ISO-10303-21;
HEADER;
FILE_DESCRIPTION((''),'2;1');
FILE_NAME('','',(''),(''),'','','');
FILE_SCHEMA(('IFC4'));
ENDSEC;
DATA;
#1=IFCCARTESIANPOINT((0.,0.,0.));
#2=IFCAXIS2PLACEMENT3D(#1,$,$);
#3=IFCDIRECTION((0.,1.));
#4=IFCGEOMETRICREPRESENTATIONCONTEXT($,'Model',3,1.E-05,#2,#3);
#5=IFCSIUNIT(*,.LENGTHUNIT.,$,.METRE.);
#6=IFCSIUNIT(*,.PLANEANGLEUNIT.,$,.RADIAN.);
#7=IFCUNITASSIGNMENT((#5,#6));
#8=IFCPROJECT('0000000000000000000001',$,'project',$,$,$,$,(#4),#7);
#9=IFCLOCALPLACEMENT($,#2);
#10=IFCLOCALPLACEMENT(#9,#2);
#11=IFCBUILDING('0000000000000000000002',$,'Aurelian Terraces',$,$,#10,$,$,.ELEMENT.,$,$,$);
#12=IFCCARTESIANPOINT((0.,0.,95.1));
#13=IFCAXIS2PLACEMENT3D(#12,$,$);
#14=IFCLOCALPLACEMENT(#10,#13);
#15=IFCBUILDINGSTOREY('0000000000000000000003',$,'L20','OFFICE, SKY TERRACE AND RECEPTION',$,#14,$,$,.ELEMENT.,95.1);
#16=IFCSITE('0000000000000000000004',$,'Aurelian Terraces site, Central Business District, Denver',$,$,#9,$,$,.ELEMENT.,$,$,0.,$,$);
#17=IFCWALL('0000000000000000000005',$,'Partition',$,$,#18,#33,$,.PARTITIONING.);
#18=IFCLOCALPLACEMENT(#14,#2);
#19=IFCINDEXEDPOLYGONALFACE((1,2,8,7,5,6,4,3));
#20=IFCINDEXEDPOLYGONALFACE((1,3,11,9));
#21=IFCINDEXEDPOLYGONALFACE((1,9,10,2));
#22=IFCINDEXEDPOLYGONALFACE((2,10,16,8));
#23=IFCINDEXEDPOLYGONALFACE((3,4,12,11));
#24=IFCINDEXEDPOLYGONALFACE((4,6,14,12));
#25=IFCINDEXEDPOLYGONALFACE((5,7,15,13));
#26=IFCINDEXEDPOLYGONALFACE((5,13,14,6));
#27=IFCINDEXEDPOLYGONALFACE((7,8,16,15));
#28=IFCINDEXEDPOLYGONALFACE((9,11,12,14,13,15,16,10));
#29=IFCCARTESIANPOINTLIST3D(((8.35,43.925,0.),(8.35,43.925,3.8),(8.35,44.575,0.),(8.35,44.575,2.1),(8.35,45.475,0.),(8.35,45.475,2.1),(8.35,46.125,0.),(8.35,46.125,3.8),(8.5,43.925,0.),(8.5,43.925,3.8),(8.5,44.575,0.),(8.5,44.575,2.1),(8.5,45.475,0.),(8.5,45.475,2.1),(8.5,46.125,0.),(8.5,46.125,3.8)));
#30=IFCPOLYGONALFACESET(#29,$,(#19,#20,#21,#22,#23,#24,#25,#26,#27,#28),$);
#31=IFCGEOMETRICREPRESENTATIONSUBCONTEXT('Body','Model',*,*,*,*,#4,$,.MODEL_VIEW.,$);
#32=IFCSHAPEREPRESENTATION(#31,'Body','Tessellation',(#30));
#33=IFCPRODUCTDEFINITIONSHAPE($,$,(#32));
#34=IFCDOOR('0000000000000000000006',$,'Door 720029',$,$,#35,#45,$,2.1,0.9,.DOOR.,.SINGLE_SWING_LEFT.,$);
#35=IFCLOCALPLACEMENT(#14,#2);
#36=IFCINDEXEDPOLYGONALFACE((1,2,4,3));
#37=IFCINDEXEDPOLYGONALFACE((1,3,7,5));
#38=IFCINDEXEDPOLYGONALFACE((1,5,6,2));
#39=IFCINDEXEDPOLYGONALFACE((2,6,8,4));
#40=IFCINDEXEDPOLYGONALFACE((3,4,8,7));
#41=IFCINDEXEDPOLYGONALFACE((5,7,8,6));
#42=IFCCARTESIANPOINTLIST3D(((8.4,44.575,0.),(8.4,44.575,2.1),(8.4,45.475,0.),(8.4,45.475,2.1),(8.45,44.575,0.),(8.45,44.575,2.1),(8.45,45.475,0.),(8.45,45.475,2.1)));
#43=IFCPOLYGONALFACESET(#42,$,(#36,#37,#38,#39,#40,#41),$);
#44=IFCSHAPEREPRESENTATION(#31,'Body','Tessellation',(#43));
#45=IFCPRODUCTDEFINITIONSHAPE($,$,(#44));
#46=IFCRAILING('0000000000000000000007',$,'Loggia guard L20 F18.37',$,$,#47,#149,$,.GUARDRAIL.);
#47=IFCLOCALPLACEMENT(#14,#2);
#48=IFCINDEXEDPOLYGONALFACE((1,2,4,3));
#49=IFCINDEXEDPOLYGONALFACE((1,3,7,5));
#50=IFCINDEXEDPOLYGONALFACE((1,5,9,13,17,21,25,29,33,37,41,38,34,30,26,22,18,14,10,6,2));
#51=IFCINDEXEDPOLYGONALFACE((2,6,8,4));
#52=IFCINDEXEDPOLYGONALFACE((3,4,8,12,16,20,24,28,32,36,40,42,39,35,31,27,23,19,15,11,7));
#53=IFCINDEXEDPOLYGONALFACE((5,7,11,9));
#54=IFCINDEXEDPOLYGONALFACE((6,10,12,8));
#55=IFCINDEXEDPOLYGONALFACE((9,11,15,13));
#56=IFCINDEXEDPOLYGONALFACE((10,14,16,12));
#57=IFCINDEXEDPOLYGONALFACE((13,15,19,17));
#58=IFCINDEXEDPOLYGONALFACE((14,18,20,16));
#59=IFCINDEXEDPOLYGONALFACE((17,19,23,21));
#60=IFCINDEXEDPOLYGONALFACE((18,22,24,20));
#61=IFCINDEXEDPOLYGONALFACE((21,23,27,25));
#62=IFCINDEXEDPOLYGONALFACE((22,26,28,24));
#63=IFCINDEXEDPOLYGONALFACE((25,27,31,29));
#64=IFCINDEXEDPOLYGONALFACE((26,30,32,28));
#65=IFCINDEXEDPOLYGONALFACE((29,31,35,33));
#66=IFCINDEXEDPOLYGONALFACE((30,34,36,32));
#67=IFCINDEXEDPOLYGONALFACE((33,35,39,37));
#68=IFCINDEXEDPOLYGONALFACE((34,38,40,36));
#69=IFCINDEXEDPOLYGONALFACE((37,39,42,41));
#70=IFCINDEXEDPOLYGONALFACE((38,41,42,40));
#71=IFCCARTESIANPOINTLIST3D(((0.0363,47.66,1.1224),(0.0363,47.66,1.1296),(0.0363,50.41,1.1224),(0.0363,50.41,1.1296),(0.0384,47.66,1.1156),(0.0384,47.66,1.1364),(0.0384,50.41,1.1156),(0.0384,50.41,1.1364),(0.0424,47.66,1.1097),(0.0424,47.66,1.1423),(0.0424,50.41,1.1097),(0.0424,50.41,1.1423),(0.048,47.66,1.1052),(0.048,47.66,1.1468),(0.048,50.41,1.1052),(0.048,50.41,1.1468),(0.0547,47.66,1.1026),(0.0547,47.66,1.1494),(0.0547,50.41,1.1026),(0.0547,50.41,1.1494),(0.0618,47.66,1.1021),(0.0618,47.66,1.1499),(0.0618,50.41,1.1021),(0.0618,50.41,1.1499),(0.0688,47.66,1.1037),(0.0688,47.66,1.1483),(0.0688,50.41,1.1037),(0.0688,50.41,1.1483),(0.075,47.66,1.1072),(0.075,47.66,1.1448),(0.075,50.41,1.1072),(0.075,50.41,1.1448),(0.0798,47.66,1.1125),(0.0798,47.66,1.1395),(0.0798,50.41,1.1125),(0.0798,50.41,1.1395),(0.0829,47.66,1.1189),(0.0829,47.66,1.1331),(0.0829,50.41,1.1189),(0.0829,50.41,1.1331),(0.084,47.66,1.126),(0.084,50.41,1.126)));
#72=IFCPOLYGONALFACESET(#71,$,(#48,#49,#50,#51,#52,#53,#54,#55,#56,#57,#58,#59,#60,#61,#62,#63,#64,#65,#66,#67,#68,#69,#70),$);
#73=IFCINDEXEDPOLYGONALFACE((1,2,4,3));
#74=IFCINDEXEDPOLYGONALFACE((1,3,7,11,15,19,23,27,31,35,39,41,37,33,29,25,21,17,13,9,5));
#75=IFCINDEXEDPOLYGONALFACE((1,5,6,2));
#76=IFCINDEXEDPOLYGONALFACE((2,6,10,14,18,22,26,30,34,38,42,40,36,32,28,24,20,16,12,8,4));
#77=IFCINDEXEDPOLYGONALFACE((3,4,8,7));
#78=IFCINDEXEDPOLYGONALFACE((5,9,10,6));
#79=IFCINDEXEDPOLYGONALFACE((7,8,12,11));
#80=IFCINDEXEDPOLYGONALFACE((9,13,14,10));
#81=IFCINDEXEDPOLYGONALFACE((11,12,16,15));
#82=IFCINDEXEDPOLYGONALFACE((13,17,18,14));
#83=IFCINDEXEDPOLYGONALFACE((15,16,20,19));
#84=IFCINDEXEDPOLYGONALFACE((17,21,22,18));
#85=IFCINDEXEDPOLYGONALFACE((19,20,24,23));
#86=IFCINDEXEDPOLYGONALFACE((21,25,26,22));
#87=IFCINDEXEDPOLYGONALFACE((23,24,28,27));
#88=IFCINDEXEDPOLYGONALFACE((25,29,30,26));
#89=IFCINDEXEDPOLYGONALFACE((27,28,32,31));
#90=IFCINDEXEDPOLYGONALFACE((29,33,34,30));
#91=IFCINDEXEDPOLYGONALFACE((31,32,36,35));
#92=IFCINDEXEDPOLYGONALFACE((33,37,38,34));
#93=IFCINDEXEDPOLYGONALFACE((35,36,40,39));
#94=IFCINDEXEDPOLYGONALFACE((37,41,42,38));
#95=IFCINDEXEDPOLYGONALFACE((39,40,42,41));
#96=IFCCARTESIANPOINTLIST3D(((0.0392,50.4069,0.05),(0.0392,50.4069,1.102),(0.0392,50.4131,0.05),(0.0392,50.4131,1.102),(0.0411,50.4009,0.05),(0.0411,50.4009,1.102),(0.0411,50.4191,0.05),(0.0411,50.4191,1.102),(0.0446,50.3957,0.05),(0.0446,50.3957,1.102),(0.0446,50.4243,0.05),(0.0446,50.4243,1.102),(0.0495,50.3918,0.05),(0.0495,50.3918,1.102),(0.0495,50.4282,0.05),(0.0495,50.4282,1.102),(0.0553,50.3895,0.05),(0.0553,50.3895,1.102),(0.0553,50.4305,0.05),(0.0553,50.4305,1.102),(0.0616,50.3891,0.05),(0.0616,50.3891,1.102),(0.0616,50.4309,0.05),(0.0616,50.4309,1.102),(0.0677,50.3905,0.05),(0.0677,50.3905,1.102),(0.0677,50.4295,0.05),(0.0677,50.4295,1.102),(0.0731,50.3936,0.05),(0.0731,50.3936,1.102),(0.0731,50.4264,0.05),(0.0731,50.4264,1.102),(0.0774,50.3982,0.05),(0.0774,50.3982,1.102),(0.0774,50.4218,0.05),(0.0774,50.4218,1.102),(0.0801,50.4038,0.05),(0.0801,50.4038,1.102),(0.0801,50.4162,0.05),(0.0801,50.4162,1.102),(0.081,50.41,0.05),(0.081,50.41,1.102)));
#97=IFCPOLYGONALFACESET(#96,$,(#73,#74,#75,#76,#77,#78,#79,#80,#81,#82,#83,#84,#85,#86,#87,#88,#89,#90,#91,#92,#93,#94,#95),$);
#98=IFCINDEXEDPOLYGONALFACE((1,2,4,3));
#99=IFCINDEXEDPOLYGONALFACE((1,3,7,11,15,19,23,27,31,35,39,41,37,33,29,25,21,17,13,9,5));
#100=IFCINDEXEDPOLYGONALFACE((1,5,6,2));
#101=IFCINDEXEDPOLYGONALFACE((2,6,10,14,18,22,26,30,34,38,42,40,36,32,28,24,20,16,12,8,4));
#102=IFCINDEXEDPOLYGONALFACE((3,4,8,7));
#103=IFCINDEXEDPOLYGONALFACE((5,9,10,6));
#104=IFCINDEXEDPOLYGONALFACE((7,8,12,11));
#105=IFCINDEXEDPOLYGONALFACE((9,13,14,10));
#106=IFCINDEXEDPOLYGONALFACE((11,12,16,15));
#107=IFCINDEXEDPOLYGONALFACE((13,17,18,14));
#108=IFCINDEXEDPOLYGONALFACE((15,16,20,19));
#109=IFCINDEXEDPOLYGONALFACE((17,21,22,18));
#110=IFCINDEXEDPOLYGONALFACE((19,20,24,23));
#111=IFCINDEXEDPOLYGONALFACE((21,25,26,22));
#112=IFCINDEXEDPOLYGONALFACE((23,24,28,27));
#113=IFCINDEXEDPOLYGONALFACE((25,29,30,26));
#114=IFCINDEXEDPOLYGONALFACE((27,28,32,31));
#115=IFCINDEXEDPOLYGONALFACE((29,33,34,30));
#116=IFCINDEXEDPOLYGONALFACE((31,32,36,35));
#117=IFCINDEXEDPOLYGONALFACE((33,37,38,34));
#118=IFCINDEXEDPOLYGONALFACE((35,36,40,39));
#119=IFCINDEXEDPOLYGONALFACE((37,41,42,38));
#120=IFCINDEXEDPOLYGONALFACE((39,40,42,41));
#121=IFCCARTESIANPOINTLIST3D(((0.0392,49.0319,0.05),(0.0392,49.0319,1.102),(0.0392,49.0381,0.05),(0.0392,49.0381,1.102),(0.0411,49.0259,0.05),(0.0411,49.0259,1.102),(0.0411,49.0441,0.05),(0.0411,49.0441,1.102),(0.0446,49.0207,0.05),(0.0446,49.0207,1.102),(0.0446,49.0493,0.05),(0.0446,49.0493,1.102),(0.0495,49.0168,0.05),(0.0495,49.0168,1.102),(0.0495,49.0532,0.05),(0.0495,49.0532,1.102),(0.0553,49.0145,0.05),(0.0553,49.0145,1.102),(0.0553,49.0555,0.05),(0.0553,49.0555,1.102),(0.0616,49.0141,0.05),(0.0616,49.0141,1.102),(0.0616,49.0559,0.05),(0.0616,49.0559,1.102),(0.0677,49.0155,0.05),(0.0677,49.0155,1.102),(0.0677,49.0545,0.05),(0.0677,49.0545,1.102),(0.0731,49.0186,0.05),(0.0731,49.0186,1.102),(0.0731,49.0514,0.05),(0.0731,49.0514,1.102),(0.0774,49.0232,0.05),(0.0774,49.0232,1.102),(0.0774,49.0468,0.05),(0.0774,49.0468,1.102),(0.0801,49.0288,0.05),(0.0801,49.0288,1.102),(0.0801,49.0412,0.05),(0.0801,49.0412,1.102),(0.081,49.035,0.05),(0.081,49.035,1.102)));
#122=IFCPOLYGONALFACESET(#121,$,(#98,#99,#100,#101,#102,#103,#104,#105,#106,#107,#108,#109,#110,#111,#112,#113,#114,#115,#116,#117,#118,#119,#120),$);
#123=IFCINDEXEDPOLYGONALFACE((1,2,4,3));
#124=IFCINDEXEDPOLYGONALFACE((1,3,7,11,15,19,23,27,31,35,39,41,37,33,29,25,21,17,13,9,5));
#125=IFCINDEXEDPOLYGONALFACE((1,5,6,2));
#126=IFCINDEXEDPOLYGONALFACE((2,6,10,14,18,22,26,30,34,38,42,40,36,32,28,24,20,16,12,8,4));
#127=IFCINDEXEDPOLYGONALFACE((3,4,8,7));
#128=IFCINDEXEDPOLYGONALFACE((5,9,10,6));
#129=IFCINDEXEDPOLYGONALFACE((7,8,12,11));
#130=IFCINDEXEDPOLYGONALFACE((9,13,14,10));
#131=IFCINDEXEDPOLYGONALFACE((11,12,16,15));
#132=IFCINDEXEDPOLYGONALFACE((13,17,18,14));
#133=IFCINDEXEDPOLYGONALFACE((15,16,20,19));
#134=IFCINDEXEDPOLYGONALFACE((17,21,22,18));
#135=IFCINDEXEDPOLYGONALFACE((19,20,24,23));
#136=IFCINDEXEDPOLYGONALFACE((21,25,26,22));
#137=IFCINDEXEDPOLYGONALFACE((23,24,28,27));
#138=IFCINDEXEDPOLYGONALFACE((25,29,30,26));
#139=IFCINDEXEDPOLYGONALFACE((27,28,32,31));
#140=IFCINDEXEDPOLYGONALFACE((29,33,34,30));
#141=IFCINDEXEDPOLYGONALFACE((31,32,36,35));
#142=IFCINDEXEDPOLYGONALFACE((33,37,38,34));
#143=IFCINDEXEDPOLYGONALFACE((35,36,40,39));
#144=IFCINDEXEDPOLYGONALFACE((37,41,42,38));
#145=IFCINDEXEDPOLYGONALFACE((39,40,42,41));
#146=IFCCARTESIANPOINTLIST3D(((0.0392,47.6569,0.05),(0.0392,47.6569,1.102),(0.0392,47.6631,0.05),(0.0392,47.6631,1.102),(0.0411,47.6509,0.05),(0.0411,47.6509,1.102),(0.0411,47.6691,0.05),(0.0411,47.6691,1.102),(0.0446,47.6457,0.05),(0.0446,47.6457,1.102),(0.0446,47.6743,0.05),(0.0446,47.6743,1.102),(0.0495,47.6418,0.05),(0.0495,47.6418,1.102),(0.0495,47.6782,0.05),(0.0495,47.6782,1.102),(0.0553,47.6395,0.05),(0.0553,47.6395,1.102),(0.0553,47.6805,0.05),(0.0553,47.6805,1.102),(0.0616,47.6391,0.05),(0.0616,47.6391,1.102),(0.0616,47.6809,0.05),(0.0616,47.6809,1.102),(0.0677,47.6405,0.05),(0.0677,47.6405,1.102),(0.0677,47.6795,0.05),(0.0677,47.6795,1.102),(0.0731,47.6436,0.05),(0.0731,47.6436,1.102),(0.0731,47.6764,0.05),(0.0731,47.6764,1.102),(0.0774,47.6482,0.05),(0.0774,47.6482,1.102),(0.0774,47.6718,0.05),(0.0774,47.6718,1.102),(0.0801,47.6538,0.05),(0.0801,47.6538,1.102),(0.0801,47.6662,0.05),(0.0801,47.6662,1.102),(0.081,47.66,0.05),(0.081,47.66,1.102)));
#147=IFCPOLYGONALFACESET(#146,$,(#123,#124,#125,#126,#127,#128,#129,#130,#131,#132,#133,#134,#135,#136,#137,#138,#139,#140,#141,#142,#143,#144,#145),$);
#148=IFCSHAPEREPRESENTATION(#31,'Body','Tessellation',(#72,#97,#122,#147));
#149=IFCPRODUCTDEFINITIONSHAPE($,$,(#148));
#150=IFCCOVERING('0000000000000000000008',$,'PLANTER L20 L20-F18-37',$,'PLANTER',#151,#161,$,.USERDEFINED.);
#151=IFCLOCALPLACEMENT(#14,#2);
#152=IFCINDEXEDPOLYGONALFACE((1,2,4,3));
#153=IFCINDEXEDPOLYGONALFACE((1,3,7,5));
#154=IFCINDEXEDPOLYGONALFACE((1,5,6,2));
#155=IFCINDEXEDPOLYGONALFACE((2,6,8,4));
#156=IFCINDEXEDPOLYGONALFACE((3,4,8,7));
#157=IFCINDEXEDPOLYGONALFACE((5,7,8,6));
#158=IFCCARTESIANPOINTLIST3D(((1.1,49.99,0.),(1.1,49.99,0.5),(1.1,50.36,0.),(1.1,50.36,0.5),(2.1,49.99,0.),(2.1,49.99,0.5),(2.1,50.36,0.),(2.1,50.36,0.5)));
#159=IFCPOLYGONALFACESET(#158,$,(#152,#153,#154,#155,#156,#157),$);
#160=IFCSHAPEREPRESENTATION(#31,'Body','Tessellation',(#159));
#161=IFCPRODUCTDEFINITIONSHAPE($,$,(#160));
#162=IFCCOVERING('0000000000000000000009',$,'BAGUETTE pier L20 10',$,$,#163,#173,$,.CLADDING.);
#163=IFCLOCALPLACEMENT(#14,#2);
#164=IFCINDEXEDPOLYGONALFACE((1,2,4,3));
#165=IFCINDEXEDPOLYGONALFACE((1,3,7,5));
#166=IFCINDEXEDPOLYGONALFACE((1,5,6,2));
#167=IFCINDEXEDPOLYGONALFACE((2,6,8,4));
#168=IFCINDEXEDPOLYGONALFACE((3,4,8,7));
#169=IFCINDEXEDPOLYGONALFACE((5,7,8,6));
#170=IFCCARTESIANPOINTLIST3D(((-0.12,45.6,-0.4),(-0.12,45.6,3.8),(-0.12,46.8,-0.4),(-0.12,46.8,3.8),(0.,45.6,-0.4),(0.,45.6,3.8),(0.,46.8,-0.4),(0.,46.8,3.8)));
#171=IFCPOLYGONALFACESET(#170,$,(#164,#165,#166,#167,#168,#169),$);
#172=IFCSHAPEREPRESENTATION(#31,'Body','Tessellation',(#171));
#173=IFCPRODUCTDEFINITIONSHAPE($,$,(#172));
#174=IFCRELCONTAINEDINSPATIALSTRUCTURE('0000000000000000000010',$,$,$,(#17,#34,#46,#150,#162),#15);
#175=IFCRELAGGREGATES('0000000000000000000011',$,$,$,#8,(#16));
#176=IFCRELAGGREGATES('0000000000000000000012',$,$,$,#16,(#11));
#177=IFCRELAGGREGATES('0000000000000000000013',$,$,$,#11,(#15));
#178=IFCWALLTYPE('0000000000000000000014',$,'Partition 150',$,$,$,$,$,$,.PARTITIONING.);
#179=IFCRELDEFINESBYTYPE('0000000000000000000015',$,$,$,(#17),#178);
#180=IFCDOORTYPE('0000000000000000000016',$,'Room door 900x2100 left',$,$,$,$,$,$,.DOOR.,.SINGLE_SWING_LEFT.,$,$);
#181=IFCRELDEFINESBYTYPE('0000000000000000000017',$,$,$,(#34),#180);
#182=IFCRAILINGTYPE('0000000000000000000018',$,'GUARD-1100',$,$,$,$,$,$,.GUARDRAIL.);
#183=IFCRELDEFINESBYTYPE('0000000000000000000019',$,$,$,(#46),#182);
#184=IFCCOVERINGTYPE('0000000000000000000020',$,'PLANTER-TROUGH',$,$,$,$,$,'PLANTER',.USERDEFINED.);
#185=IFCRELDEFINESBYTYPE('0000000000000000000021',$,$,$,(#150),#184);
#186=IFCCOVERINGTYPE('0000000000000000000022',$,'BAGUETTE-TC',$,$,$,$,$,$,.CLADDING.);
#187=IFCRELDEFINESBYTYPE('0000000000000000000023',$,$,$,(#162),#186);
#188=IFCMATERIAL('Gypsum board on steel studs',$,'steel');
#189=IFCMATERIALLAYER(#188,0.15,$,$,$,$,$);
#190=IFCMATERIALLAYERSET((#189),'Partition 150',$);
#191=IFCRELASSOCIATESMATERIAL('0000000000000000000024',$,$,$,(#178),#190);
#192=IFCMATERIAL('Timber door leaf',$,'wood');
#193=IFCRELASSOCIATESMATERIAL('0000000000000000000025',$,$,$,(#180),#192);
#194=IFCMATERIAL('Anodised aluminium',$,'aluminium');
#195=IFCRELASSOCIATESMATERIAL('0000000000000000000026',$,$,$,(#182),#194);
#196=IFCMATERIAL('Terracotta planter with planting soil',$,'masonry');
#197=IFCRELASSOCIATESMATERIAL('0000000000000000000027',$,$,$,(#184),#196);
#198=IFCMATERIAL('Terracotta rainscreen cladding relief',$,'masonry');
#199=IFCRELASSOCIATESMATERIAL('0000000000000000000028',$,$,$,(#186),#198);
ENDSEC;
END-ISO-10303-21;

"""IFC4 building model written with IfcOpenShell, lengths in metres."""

from ifc_helpers import new_model, si_unit, direction, frame, frame_2d, origin, origin_2d, place, context, subcontext, project, spatial, rectangle, circle, extrude, source, transform, mapped, material, layer, layer_set, type_object, element, fill, save


model = new_model("IFC4")

# Units and contexts
model_context = context("Model", 3, precision=1e-05, world=origin(), true_north=direction((0.0, 1.0)))
body_context = subcontext(model_context, "Body", "Model", "MODEL_VIEW")
ifc_project = project(units=[si_unit("LENGTHUNIT", "METRE"), si_unit("PLANEANGLEUNIT", "RADIAN")], contexts=[model_context])

# Site, building, storey
site_placement = place(None, origin())
site = spatial("IfcSite", under=ifc_project, at=site_placement, Name="Aurelian Terraces site, Central Business District, Denver", CompositionType="ELEMENT", RefElevation=0.0)
building_placement = place(site_placement, origin())
building = spatial("IfcBuilding", under=site, at=building_placement, Name="Aurelian Terraces", CompositionType="ELEMENT")
storey_placement = place(building_placement, frame((0.0, 0.0, 95.1)))
storey = spatial("IfcBuildingStorey", under=building, at=storey_placement, Name="L20", Description="OFFICE, SKY TERRACE AND RECEPTION", CompositionType="ELEMENT", Elevation=95.1)

# Shared definitions
ifc_material_1 = material(Name="Gypsum board on steel studs", Category="steel")
ifc_layer_1 = layer(ifc_material_1, 0.15)
ifc_layer_set_1 = layer_set([ifc_layer_1], Name="Partition 150")
wall_type_1 = type_object("IfcWallType", Name="Partition 150", PredefinedType="PARTITIONING", material=ifc_layer_set_1)

# Wall, opening, door
shared_shape_1 = source(origin(), body_context, "Body", "SweptSolid", [
    extrude(rectangle(XDim=2.2, YDim=0.15, at=frame_2d((1.1, 0.0))), origin(), (0.0, 0.0, 1.0), 3.8),
])
wall_1_placement = place(storey_placement, frame((8.425, 43.925, 0.0), z_axis=(0.0, 0.0, 1.0), x_axis=(0.0, 1.0, 0.0)))
wall_1 = element("IfcWall", 1, at=wall_1_placement, inside=storey, type_object=wall_type_1, Name="Partition", PredefinedType="PARTITIONING", context=body_context, shape_type="MappedRepresentation", body=[
    mapped(shared_shape_1, transform((0.0, 0.0, 0.0), scale=1.0)),
])
shared_shape_2 = source(origin(), body_context, "Body", "SweptSolid", [
    extrude(rectangle(XDim=0.9, YDim=2.1, at=frame_2d((0.45, 1.05))), frame((0.0, 0.085, 0.0), z_axis=(0.0, -1.0, 0.0), x_axis=(1.0, 0.0, 0.0)), (0.0, 0.0, 1.0), 0.17),
])
opening_1_placement = place(wall_1_placement, frame((0.65, 0.0, 0.0)))
opening_1 = element("IfcOpeningElement", 2, at=opening_1_placement, cuts=wall_1, PredefinedType="OPENING", context=body_context, shape_type="MappedRepresentation", body=[
    mapped(shared_shape_2, transform((0.0, 0.0, 0.0), scale=1.0)),
])
ifc_material_2 = material(Name="Timber door leaf", Category="wood")
door_type_1 = type_object("IfcDoorType", Name="Room door 900x2100 left", OperationType="SINGLE_SWING_LEFT", PredefinedType="DOOR", material=ifc_material_2)
shared_shape_3 = source(origin(), body_context, "Body", "SweptSolid", [
    extrude(rectangle(XDim=0.9, YDim=2.1, at=frame_2d((0.45, 1.05))), frame((0.0, 0.025, 0.0), z_axis=(0.0, -1.0, 0.0), x_axis=(1.0, 0.0, 0.0)), (0.0, 0.0, 1.0), 0.05),
])
door_1_placement = place(opening_1_placement, origin())
door_1 = element("IfcDoor", 3, at=door_1_placement, inside=storey, type_object=door_type_1, Name="Door 720029", OperationType="SINGLE_SWING_LEFT", OverallHeight=2.1, OverallWidth=0.9, PredefinedType="DOOR", context=body_context, shape_type="MappedRepresentation", body=[
    mapped(shared_shape_3, transform((0.0, 0.0, 0.0), scale=1.0)),
])
fill(opening_1, door_1)

# Railing
ifc_material_3 = material(Name="Anodised aluminium", Category="aluminium")
railing_type = type_object("IfcRailingType", Name="GUARD-1100", PredefinedType="GUARDRAIL", material=ifc_material_3)
railing_placement = place(storey_placement, frame((0.06, 50.41, 0.05)))
element("IfcRailing", 4, at=railing_placement, inside=storey, type_object=railing_type, Name="Loggia guard L20 F18.37", PredefinedType="GUARDRAIL", context=body_context, shape_type="SweptSolid", body=[
    extrude(circle(Radius=0.024, at=origin_2d()), frame((0.0, 0.0, 1.076), z_axis=(0.0, -1.0, 0.0), x_axis=(1.0, 0.0, 0.0)), (0.0, 0.0, 1.0), 2.75),
    extrude(circle(Radius=0.021, at=origin_2d()), origin(), (0.0, 0.0, 1.0), 1.052),
    extrude(circle(Radius=0.021, at=origin_2d()), frame((0.0, -1.375, 0.0)), (0.0, 0.0, 1.0), 1.052),
    extrude(circle(Radius=0.021, at=origin_2d()), frame((0.0, -2.75, 0.0)), (0.0, 0.0, 1.0), 1.052),
])

# Coverings
ifc_material_4 = material(Name="Terracotta planter with planting soil", Category="masonry")
covering_type_1 = type_object("IfcCoveringType", Name="PLANTER-TROUGH", ElementType="PLANTER", PredefinedType="USERDEFINED", material=ifc_material_4)
covering_1_placement = place(storey_placement, frame((1.6, 50.175, 0.0), z_axis=(0.0, 0.0, 1.0), x_axis=(1.0, 0.0, 0.0)))
element("IfcCovering", 5, at=covering_1_placement, inside=storey, type_object=covering_type_1, Name="PLANTER L20 L20-F18-37", ObjectType="PLANTER", PredefinedType="USERDEFINED", context=body_context, shape_type="SweptSolid", body=[
    extrude(rectangle(XDim=1.0, YDim=0.37, at=origin_2d()), origin(), (0.0, 0.0, 1.0), 0.5),
])
ifc_material_5 = material(Name="Terracotta rainscreen cladding relief", Category="masonry")
covering_type_2 = type_object("IfcCoveringType", Name="BAGUETTE-TC", PredefinedType="CLADDING", material=ifc_material_5)
shared_shape_4 = source(origin(), body_context, "Body", "SweptSolid", [
    extrude(rectangle(XDim=0.12, YDim=1.2, at=origin_2d()), origin(), (0.0, 0.0, 1.0), 4.2),
])
covering_2_placement = place(storey_placement, frame((-0.06, 46.2, -0.4), z_axis=(0.0, 0.0, 1.0), x_axis=(1.0, 0.0, 0.0)))
element("IfcCovering", 6, at=covering_2_placement, inside=storey, type_object=covering_type_2, Name="BAGUETTE pier L20 10", PredefinedType="CLADDING", context=body_context, shape_type="MappedRepresentation", body=[
    mapped(shared_shape_4, transform((0.0, 0.0, 0.0), scale=1.0)),
])

save(model, "model.ifc")
